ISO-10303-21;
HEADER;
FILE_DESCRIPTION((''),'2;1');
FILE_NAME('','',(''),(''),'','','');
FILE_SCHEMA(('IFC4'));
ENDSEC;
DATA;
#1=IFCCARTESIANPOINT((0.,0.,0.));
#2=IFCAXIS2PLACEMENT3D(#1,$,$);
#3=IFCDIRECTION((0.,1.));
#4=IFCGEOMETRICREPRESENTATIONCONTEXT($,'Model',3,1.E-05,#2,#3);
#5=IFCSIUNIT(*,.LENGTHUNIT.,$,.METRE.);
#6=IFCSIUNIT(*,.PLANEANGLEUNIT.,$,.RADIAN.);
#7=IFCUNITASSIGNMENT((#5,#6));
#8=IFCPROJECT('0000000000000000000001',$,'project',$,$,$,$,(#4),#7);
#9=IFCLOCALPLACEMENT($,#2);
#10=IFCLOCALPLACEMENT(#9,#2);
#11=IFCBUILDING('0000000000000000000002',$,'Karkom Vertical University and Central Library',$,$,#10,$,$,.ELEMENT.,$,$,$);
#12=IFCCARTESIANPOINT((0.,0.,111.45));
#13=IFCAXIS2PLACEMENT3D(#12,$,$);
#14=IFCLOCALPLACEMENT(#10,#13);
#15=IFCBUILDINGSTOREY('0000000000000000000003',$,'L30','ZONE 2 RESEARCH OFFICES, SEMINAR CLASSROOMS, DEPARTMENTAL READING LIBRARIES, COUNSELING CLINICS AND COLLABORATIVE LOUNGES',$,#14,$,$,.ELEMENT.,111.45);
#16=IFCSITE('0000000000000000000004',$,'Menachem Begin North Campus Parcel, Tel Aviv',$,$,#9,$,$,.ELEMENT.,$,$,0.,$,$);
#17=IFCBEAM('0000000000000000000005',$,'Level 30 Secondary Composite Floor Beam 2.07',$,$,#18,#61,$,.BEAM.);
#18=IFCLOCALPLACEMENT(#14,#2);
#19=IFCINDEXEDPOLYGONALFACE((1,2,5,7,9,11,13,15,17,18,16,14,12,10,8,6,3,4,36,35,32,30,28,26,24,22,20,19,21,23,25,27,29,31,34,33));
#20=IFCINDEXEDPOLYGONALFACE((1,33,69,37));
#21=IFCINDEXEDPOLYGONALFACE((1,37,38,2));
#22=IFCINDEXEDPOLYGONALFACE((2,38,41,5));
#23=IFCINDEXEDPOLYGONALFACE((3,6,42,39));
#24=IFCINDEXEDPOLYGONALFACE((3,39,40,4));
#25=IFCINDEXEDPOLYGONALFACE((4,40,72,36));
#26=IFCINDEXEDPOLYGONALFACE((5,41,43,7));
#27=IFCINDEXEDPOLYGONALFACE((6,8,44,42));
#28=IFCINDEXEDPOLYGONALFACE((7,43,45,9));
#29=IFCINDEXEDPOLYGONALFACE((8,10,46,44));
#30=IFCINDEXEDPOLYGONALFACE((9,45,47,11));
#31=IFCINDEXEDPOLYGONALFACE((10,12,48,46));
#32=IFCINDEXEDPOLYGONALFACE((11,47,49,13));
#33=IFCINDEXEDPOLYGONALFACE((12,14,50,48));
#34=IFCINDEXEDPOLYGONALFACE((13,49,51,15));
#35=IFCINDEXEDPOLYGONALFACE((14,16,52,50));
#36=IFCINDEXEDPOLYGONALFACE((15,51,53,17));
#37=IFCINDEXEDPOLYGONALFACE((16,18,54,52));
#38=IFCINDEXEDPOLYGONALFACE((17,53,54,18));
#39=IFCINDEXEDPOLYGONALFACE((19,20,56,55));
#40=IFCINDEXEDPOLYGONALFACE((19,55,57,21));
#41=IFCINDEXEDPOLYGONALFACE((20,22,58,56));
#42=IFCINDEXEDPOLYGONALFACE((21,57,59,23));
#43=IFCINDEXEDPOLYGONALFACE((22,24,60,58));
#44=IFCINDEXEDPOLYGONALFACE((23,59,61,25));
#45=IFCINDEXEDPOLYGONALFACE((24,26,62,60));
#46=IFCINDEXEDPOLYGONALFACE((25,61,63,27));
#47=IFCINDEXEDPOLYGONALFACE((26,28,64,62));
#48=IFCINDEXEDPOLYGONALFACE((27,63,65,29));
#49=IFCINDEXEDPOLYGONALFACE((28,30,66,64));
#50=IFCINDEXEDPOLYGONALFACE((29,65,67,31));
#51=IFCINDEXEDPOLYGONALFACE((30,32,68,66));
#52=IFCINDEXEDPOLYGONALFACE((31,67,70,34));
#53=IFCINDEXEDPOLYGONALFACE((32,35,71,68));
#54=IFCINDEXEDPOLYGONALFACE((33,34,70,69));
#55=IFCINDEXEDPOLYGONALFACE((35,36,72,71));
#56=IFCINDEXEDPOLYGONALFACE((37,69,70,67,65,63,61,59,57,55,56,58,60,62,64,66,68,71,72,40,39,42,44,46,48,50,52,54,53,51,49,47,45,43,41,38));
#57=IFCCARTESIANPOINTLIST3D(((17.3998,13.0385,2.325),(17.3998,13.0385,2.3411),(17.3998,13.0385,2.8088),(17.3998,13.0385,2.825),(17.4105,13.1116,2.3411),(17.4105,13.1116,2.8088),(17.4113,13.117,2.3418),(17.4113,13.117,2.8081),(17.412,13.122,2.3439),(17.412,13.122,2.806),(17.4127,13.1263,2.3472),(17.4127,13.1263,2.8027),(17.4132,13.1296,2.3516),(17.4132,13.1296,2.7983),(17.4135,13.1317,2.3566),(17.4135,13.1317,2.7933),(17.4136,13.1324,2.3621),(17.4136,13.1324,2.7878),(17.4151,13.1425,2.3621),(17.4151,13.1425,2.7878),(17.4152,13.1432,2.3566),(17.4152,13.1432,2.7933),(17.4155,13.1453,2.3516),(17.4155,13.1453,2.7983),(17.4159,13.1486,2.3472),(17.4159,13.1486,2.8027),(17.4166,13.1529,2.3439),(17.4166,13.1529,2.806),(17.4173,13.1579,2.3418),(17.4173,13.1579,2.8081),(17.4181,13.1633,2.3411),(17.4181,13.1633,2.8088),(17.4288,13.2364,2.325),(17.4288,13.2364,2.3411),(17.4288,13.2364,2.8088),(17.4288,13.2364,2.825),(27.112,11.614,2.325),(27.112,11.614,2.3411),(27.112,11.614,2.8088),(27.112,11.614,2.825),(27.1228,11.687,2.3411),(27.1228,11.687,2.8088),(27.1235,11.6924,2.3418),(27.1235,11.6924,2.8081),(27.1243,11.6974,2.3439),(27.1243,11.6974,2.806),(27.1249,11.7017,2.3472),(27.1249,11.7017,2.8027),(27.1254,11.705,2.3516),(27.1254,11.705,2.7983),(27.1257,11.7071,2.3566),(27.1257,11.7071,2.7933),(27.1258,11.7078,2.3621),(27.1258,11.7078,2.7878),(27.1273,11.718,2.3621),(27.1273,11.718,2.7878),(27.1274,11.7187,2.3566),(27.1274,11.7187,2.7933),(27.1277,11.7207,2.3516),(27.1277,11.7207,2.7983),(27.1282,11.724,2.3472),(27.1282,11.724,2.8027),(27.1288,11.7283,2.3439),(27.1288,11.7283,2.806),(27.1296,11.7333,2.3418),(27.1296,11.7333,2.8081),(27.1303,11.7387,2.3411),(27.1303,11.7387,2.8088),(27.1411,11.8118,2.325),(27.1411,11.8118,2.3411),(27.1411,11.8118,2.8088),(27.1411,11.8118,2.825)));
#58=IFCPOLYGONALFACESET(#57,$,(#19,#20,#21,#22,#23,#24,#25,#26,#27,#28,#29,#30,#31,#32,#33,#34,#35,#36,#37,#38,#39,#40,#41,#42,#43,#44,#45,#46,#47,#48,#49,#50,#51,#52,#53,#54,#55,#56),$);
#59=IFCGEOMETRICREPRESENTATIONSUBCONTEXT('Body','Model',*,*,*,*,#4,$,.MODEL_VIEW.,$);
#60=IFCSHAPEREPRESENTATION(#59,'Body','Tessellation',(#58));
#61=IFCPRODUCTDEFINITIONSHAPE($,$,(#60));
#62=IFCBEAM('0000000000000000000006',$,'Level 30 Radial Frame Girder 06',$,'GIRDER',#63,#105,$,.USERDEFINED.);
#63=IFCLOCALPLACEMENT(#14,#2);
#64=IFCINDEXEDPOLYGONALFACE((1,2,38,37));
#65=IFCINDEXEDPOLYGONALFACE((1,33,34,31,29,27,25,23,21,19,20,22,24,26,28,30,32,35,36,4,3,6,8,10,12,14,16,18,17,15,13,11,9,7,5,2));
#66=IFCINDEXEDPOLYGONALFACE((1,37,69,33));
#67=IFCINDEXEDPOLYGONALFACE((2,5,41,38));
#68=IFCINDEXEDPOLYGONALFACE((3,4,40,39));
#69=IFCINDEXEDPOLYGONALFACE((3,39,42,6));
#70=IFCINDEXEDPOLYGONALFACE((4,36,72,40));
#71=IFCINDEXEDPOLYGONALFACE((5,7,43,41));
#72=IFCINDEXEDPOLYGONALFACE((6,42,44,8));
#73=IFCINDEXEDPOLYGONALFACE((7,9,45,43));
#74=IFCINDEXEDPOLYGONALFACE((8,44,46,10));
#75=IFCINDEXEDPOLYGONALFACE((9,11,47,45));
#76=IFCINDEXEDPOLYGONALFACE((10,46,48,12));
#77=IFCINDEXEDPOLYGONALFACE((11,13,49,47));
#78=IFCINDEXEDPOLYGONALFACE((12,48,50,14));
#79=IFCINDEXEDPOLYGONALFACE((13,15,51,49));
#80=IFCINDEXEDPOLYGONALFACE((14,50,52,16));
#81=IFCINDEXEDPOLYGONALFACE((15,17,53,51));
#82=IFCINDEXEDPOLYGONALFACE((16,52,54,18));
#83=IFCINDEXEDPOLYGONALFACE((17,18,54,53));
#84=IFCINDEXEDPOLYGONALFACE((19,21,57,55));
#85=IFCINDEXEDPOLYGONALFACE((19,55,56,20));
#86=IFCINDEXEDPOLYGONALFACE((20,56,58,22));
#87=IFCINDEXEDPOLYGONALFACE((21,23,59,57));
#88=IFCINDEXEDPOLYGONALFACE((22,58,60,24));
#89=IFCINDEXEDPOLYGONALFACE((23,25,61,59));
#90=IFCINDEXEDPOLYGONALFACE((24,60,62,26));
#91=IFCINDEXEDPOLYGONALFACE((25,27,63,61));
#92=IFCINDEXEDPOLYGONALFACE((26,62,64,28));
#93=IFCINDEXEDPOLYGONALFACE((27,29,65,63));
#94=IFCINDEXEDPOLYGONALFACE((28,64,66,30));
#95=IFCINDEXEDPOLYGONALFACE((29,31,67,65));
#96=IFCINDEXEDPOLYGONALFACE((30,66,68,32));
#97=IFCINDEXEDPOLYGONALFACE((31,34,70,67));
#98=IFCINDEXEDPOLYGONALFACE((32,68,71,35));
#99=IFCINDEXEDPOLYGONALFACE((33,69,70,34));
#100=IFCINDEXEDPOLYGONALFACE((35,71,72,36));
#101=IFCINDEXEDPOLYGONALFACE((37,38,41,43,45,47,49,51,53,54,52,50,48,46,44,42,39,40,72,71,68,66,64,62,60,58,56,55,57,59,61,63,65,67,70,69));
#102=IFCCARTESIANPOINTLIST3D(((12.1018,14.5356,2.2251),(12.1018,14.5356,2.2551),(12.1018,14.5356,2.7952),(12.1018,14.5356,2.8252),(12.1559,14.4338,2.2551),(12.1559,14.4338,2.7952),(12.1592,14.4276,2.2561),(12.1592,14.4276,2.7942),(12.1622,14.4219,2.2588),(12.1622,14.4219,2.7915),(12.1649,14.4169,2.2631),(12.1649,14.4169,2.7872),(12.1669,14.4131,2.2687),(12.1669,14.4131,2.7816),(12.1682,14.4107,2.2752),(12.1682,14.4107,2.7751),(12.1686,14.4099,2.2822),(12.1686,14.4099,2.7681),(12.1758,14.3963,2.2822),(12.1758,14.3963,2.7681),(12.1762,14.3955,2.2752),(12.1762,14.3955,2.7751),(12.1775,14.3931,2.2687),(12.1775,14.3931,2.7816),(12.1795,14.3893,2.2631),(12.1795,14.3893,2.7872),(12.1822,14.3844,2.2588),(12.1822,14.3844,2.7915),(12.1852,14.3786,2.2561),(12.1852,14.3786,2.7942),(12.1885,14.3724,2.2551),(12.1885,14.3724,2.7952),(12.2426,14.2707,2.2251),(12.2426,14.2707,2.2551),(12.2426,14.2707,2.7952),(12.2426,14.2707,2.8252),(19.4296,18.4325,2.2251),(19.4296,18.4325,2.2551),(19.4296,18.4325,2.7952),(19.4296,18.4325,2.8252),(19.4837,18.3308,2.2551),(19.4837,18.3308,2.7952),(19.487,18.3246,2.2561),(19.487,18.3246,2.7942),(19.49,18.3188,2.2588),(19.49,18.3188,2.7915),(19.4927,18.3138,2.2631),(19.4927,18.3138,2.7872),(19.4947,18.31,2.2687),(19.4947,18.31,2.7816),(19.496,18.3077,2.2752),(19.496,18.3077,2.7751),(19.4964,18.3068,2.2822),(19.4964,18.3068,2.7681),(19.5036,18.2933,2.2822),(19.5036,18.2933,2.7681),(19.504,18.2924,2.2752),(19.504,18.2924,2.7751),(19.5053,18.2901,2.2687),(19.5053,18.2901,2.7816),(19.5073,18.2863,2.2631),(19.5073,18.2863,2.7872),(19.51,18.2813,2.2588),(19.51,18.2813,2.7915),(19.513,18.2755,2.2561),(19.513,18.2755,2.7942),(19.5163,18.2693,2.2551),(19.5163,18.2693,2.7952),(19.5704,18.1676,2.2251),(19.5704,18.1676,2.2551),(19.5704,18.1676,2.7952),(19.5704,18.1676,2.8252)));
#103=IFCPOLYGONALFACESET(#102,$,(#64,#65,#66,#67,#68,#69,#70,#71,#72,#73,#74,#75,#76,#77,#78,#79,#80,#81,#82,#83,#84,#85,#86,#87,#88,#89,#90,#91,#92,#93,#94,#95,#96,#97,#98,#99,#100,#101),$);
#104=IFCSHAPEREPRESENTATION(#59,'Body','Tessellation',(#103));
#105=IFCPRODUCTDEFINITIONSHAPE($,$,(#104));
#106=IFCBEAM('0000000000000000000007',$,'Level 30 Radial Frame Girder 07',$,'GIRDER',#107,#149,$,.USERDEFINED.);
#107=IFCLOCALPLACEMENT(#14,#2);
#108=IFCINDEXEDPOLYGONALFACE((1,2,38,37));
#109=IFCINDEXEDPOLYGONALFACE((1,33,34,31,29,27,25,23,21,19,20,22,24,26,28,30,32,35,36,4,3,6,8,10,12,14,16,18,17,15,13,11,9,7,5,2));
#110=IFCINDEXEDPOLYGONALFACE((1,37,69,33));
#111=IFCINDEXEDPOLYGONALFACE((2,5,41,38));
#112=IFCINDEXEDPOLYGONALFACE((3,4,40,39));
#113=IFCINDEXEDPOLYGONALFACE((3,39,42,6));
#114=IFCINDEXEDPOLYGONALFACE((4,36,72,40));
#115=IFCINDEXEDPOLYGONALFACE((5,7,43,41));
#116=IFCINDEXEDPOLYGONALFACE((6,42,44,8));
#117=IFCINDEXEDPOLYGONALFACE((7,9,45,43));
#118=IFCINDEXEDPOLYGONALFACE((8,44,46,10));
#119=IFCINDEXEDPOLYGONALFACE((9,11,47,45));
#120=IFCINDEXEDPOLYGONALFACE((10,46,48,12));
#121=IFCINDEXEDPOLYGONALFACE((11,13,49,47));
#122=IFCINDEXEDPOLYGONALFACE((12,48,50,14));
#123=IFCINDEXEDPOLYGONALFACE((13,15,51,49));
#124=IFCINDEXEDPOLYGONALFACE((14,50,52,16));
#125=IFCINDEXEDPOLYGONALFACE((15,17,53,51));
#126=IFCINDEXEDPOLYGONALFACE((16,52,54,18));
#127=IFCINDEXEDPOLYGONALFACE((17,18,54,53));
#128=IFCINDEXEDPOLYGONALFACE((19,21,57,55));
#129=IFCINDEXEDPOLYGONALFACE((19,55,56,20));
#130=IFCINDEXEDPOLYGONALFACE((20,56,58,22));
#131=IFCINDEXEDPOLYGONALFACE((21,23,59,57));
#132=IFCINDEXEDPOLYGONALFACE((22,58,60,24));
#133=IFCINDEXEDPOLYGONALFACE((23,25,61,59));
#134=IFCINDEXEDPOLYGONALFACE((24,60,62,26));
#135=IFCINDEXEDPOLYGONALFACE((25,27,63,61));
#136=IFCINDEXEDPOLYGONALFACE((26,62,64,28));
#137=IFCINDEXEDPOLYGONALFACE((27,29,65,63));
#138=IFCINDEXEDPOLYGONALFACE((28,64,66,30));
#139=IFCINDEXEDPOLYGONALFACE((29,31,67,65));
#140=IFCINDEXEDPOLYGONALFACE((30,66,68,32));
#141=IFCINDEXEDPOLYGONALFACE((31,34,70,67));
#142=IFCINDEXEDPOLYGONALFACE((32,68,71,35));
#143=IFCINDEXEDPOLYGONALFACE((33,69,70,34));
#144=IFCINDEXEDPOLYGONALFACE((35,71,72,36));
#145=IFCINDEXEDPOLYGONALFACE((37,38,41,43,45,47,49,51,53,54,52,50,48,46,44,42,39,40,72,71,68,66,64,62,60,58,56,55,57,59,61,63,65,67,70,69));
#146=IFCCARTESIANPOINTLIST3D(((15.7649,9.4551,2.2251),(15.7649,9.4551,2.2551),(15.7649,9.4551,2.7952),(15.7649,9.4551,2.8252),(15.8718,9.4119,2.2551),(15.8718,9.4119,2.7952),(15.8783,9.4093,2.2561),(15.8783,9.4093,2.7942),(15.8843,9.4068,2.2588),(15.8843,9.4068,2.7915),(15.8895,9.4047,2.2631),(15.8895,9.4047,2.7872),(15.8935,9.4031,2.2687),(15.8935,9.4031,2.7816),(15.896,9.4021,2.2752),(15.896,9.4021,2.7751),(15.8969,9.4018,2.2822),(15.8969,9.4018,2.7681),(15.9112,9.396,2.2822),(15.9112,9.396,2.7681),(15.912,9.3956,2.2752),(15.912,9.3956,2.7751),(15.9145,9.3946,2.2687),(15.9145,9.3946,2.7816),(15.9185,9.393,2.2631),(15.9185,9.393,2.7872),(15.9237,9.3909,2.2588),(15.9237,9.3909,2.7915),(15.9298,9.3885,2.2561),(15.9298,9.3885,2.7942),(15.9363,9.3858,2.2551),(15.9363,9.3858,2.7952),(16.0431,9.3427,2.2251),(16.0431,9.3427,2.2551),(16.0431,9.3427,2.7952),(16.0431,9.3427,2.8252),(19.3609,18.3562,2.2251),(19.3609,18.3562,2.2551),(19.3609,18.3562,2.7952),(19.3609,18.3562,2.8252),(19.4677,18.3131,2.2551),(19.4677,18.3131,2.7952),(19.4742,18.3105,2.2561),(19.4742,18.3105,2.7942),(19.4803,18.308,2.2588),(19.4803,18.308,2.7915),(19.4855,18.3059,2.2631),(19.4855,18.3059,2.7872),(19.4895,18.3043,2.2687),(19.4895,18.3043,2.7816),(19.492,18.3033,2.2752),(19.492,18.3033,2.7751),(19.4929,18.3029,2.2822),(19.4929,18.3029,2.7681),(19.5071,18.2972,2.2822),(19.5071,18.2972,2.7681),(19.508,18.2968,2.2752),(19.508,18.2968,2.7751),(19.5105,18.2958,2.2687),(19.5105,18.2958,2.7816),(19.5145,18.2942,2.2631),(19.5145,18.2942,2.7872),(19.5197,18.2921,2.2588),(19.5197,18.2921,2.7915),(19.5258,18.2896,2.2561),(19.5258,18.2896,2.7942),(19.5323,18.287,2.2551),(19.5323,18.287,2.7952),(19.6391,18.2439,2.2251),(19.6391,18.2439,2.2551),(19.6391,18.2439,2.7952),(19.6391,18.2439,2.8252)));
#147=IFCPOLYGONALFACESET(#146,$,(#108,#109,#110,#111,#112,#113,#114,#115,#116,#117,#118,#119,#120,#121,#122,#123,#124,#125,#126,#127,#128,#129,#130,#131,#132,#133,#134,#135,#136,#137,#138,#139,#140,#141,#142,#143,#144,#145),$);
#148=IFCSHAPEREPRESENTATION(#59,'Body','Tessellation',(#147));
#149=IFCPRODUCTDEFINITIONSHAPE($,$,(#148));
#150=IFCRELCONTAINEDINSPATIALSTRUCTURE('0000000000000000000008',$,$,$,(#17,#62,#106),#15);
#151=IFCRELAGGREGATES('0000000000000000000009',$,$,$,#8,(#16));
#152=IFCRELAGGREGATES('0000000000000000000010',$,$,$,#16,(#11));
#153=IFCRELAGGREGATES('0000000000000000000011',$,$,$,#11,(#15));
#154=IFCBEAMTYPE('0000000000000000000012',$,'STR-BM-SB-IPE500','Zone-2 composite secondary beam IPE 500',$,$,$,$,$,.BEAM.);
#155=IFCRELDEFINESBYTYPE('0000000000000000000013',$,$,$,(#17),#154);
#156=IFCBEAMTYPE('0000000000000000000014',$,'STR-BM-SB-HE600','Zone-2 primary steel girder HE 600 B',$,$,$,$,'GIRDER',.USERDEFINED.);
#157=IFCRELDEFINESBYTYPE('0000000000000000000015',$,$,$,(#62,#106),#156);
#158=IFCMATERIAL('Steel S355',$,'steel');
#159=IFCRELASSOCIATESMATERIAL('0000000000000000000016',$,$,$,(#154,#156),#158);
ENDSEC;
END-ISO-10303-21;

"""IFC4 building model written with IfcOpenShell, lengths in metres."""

from ifc_helpers import new_model, si_unit, direction, frame, origin, origin_with_axes, origin_2d, place, context, subcontext, project, spatial, i_section, extrude, source, transform, mapped, material, material_profile, profile_set, type_object, element, save


model = new_model("IFC4")

# Units and contexts
model_context = context("Model", 3, precision=1e-05, world=origin(), true_north=direction((0.0, 1.0)))
body_context = subcontext(model_context, "Body", "Model", "MODEL_VIEW")
ifc_project = project(units=[si_unit("LENGTHUNIT", "METRE"), si_unit("PLANEANGLEUNIT", "RADIAN")], contexts=[model_context])

# Site, building, storey
site_placement = place(None, origin())
site = spatial("IfcSite", under=ifc_project, at=site_placement, Name="Menachem Begin North Campus Parcel, Tel Aviv", CompositionType="ELEMENT", RefElevation=0.0)
building_placement = place(site_placement, origin())
building = spatial("IfcBuilding", under=site, at=building_placement, Name="Karkom Vertical University and Central Library", CompositionType="ELEMENT")
storey_placement = place(building_placement, frame((0.0, 0.0, 111.45)))
storey = spatial("IfcBuildingStorey", under=building, at=storey_placement, Name="L30", Description="ZONE 2 RESEARCH OFFICES, SEMINAR CLASSROOMS, DEPARTMENTAL READING LIBRARIES, COUNSELING CLINICS AND COLLABORATIVE LOUNGES", CompositionType="ELEMENT", Elevation=111.45)

# Beams
ifc_material_1 = material(Name="Steel S355", Category="steel")
ifc_material_profile_1 = material_profile(ifc_material_1, i_section(OverallWidth=0.2, OverallDepth=0.5, WebThickness=0.0103, FlangeThickness=0.0161, FilletRadius=0.021, at=origin_2d()), Name="IPE 500")
ifc_profile_set_1 = profile_set([ifc_material_profile_1], Name="Steel S355")
beam_type_1 = type_object("IfcBeamType", Name="STR-BM-SB-IPE500", Description="Zone-2 composite secondary beam IPE 500", PredefinedType="BEAM", material=ifc_profile_set_1)
shared_shape_1 = source(origin_with_axes(), body_context, "Body", "SweptSolid", [
    extrude(i_section(OverallWidth=0.2, OverallDepth=0.5, WebThickness=0.0103, FlangeThickness=0.0161, FilletRadius=0.021, at=origin_2d()), origin(), (0.0, 0.0, 1.0), 9.8162),
])
beam_1_placement = place(storey_placement, frame((17.4143, 13.1375, 2.575), z_axis=(0.989413, -0.145125, 0.0), x_axis=(0.145125, 0.989413, 0.0)))
element("IfcBeam", 1, at=beam_1_placement, inside=storey, type_object=beam_type_1, Name="Level 30 Secondary Composite Floor Beam 2.07", PredefinedType="BEAM", context=body_context, shape_type="MappedRepresentation", body=[
    mapped(shared_shape_1, transform((0.0, 0.0, 0.0), scale=1.0)),
])
ifc_material_profile_2 = material_profile(ifc_material_1, i_section(OverallWidth=0.3, OverallDepth=0.6001, WebThickness=0.0154, FlangeThickness=0.03, FilletRadius=0.0271, at=origin_2d()), Name="HE 600 B")
ifc_profile_set_2 = profile_set([ifc_material_profile_2], Name="Steel S355")
beam_type_2 = type_object("IfcBeamType", Name="STR-BM-SB-HE600", Description="Zone-2 primary steel girder HE 600 B", ElementType="GIRDER", PredefinedType="USERDEFINED", material=ifc_profile_set_2)
shared_shape_2 = source(origin_with_axes(), body_context, "Body", "SweptSolid", [
    extrude(i_section(OverallWidth=0.3, OverallDepth=0.6001, WebThickness=0.0154, FlangeThickness=0.03, FilletRadius=0.0271, at=origin_2d()), origin(), (0.0, 0.0, 1.0), 8.2996),
])
beam_2_placement = place(storey_placement, frame((19.5, 18.3, 2.5251), z_axis=(-0.882914, -0.469534, 0.0), x_axis=(0.469534, -0.882914, 0.0)))
element("IfcBeam", 2, at=beam_2_placement, inside=storey, type_object=beam_type_2, Name="Level 30 Radial Frame Girder 06", ObjectType="GIRDER", PredefinedType="USERDEFINED", context=body_context, shape_type="MappedRepresentation", body=[
    mapped(shared_shape_2, transform((0.0, 0.0, 0.0), scale=1.0)),
])
shared_shape_3 = source(origin_with_axes(), body_context, "Body", "SweptSolid", [
    extrude(i_section(OverallWidth=0.3, OverallDepth=0.6001, WebThickness=0.0154, FlangeThickness=0.03, FilletRadius=0.0271, at=origin_2d()), origin(), (0.0, 0.0, 1.0), 9.6001),
])
beam_3_placement = place(storey_placement, frame((19.5, 18.3, 2.5251), z_axis=(-0.374576, -0.927196, 0.0), x_axis=(0.927196, -0.374576, 0.0)))
element("IfcBeam", 3, at=beam_3_placement, inside=storey, type_object=beam_type_2, Name="Level 30 Radial Frame Girder 07", ObjectType="GIRDER", PredefinedType="USERDEFINED", context=body_context, shape_type="MappedRepresentation", body=[
    mapped(shared_shape_3, transform((0.0, 0.0, 0.0), scale=1.0)),
])

save(model, "model.ifc")
